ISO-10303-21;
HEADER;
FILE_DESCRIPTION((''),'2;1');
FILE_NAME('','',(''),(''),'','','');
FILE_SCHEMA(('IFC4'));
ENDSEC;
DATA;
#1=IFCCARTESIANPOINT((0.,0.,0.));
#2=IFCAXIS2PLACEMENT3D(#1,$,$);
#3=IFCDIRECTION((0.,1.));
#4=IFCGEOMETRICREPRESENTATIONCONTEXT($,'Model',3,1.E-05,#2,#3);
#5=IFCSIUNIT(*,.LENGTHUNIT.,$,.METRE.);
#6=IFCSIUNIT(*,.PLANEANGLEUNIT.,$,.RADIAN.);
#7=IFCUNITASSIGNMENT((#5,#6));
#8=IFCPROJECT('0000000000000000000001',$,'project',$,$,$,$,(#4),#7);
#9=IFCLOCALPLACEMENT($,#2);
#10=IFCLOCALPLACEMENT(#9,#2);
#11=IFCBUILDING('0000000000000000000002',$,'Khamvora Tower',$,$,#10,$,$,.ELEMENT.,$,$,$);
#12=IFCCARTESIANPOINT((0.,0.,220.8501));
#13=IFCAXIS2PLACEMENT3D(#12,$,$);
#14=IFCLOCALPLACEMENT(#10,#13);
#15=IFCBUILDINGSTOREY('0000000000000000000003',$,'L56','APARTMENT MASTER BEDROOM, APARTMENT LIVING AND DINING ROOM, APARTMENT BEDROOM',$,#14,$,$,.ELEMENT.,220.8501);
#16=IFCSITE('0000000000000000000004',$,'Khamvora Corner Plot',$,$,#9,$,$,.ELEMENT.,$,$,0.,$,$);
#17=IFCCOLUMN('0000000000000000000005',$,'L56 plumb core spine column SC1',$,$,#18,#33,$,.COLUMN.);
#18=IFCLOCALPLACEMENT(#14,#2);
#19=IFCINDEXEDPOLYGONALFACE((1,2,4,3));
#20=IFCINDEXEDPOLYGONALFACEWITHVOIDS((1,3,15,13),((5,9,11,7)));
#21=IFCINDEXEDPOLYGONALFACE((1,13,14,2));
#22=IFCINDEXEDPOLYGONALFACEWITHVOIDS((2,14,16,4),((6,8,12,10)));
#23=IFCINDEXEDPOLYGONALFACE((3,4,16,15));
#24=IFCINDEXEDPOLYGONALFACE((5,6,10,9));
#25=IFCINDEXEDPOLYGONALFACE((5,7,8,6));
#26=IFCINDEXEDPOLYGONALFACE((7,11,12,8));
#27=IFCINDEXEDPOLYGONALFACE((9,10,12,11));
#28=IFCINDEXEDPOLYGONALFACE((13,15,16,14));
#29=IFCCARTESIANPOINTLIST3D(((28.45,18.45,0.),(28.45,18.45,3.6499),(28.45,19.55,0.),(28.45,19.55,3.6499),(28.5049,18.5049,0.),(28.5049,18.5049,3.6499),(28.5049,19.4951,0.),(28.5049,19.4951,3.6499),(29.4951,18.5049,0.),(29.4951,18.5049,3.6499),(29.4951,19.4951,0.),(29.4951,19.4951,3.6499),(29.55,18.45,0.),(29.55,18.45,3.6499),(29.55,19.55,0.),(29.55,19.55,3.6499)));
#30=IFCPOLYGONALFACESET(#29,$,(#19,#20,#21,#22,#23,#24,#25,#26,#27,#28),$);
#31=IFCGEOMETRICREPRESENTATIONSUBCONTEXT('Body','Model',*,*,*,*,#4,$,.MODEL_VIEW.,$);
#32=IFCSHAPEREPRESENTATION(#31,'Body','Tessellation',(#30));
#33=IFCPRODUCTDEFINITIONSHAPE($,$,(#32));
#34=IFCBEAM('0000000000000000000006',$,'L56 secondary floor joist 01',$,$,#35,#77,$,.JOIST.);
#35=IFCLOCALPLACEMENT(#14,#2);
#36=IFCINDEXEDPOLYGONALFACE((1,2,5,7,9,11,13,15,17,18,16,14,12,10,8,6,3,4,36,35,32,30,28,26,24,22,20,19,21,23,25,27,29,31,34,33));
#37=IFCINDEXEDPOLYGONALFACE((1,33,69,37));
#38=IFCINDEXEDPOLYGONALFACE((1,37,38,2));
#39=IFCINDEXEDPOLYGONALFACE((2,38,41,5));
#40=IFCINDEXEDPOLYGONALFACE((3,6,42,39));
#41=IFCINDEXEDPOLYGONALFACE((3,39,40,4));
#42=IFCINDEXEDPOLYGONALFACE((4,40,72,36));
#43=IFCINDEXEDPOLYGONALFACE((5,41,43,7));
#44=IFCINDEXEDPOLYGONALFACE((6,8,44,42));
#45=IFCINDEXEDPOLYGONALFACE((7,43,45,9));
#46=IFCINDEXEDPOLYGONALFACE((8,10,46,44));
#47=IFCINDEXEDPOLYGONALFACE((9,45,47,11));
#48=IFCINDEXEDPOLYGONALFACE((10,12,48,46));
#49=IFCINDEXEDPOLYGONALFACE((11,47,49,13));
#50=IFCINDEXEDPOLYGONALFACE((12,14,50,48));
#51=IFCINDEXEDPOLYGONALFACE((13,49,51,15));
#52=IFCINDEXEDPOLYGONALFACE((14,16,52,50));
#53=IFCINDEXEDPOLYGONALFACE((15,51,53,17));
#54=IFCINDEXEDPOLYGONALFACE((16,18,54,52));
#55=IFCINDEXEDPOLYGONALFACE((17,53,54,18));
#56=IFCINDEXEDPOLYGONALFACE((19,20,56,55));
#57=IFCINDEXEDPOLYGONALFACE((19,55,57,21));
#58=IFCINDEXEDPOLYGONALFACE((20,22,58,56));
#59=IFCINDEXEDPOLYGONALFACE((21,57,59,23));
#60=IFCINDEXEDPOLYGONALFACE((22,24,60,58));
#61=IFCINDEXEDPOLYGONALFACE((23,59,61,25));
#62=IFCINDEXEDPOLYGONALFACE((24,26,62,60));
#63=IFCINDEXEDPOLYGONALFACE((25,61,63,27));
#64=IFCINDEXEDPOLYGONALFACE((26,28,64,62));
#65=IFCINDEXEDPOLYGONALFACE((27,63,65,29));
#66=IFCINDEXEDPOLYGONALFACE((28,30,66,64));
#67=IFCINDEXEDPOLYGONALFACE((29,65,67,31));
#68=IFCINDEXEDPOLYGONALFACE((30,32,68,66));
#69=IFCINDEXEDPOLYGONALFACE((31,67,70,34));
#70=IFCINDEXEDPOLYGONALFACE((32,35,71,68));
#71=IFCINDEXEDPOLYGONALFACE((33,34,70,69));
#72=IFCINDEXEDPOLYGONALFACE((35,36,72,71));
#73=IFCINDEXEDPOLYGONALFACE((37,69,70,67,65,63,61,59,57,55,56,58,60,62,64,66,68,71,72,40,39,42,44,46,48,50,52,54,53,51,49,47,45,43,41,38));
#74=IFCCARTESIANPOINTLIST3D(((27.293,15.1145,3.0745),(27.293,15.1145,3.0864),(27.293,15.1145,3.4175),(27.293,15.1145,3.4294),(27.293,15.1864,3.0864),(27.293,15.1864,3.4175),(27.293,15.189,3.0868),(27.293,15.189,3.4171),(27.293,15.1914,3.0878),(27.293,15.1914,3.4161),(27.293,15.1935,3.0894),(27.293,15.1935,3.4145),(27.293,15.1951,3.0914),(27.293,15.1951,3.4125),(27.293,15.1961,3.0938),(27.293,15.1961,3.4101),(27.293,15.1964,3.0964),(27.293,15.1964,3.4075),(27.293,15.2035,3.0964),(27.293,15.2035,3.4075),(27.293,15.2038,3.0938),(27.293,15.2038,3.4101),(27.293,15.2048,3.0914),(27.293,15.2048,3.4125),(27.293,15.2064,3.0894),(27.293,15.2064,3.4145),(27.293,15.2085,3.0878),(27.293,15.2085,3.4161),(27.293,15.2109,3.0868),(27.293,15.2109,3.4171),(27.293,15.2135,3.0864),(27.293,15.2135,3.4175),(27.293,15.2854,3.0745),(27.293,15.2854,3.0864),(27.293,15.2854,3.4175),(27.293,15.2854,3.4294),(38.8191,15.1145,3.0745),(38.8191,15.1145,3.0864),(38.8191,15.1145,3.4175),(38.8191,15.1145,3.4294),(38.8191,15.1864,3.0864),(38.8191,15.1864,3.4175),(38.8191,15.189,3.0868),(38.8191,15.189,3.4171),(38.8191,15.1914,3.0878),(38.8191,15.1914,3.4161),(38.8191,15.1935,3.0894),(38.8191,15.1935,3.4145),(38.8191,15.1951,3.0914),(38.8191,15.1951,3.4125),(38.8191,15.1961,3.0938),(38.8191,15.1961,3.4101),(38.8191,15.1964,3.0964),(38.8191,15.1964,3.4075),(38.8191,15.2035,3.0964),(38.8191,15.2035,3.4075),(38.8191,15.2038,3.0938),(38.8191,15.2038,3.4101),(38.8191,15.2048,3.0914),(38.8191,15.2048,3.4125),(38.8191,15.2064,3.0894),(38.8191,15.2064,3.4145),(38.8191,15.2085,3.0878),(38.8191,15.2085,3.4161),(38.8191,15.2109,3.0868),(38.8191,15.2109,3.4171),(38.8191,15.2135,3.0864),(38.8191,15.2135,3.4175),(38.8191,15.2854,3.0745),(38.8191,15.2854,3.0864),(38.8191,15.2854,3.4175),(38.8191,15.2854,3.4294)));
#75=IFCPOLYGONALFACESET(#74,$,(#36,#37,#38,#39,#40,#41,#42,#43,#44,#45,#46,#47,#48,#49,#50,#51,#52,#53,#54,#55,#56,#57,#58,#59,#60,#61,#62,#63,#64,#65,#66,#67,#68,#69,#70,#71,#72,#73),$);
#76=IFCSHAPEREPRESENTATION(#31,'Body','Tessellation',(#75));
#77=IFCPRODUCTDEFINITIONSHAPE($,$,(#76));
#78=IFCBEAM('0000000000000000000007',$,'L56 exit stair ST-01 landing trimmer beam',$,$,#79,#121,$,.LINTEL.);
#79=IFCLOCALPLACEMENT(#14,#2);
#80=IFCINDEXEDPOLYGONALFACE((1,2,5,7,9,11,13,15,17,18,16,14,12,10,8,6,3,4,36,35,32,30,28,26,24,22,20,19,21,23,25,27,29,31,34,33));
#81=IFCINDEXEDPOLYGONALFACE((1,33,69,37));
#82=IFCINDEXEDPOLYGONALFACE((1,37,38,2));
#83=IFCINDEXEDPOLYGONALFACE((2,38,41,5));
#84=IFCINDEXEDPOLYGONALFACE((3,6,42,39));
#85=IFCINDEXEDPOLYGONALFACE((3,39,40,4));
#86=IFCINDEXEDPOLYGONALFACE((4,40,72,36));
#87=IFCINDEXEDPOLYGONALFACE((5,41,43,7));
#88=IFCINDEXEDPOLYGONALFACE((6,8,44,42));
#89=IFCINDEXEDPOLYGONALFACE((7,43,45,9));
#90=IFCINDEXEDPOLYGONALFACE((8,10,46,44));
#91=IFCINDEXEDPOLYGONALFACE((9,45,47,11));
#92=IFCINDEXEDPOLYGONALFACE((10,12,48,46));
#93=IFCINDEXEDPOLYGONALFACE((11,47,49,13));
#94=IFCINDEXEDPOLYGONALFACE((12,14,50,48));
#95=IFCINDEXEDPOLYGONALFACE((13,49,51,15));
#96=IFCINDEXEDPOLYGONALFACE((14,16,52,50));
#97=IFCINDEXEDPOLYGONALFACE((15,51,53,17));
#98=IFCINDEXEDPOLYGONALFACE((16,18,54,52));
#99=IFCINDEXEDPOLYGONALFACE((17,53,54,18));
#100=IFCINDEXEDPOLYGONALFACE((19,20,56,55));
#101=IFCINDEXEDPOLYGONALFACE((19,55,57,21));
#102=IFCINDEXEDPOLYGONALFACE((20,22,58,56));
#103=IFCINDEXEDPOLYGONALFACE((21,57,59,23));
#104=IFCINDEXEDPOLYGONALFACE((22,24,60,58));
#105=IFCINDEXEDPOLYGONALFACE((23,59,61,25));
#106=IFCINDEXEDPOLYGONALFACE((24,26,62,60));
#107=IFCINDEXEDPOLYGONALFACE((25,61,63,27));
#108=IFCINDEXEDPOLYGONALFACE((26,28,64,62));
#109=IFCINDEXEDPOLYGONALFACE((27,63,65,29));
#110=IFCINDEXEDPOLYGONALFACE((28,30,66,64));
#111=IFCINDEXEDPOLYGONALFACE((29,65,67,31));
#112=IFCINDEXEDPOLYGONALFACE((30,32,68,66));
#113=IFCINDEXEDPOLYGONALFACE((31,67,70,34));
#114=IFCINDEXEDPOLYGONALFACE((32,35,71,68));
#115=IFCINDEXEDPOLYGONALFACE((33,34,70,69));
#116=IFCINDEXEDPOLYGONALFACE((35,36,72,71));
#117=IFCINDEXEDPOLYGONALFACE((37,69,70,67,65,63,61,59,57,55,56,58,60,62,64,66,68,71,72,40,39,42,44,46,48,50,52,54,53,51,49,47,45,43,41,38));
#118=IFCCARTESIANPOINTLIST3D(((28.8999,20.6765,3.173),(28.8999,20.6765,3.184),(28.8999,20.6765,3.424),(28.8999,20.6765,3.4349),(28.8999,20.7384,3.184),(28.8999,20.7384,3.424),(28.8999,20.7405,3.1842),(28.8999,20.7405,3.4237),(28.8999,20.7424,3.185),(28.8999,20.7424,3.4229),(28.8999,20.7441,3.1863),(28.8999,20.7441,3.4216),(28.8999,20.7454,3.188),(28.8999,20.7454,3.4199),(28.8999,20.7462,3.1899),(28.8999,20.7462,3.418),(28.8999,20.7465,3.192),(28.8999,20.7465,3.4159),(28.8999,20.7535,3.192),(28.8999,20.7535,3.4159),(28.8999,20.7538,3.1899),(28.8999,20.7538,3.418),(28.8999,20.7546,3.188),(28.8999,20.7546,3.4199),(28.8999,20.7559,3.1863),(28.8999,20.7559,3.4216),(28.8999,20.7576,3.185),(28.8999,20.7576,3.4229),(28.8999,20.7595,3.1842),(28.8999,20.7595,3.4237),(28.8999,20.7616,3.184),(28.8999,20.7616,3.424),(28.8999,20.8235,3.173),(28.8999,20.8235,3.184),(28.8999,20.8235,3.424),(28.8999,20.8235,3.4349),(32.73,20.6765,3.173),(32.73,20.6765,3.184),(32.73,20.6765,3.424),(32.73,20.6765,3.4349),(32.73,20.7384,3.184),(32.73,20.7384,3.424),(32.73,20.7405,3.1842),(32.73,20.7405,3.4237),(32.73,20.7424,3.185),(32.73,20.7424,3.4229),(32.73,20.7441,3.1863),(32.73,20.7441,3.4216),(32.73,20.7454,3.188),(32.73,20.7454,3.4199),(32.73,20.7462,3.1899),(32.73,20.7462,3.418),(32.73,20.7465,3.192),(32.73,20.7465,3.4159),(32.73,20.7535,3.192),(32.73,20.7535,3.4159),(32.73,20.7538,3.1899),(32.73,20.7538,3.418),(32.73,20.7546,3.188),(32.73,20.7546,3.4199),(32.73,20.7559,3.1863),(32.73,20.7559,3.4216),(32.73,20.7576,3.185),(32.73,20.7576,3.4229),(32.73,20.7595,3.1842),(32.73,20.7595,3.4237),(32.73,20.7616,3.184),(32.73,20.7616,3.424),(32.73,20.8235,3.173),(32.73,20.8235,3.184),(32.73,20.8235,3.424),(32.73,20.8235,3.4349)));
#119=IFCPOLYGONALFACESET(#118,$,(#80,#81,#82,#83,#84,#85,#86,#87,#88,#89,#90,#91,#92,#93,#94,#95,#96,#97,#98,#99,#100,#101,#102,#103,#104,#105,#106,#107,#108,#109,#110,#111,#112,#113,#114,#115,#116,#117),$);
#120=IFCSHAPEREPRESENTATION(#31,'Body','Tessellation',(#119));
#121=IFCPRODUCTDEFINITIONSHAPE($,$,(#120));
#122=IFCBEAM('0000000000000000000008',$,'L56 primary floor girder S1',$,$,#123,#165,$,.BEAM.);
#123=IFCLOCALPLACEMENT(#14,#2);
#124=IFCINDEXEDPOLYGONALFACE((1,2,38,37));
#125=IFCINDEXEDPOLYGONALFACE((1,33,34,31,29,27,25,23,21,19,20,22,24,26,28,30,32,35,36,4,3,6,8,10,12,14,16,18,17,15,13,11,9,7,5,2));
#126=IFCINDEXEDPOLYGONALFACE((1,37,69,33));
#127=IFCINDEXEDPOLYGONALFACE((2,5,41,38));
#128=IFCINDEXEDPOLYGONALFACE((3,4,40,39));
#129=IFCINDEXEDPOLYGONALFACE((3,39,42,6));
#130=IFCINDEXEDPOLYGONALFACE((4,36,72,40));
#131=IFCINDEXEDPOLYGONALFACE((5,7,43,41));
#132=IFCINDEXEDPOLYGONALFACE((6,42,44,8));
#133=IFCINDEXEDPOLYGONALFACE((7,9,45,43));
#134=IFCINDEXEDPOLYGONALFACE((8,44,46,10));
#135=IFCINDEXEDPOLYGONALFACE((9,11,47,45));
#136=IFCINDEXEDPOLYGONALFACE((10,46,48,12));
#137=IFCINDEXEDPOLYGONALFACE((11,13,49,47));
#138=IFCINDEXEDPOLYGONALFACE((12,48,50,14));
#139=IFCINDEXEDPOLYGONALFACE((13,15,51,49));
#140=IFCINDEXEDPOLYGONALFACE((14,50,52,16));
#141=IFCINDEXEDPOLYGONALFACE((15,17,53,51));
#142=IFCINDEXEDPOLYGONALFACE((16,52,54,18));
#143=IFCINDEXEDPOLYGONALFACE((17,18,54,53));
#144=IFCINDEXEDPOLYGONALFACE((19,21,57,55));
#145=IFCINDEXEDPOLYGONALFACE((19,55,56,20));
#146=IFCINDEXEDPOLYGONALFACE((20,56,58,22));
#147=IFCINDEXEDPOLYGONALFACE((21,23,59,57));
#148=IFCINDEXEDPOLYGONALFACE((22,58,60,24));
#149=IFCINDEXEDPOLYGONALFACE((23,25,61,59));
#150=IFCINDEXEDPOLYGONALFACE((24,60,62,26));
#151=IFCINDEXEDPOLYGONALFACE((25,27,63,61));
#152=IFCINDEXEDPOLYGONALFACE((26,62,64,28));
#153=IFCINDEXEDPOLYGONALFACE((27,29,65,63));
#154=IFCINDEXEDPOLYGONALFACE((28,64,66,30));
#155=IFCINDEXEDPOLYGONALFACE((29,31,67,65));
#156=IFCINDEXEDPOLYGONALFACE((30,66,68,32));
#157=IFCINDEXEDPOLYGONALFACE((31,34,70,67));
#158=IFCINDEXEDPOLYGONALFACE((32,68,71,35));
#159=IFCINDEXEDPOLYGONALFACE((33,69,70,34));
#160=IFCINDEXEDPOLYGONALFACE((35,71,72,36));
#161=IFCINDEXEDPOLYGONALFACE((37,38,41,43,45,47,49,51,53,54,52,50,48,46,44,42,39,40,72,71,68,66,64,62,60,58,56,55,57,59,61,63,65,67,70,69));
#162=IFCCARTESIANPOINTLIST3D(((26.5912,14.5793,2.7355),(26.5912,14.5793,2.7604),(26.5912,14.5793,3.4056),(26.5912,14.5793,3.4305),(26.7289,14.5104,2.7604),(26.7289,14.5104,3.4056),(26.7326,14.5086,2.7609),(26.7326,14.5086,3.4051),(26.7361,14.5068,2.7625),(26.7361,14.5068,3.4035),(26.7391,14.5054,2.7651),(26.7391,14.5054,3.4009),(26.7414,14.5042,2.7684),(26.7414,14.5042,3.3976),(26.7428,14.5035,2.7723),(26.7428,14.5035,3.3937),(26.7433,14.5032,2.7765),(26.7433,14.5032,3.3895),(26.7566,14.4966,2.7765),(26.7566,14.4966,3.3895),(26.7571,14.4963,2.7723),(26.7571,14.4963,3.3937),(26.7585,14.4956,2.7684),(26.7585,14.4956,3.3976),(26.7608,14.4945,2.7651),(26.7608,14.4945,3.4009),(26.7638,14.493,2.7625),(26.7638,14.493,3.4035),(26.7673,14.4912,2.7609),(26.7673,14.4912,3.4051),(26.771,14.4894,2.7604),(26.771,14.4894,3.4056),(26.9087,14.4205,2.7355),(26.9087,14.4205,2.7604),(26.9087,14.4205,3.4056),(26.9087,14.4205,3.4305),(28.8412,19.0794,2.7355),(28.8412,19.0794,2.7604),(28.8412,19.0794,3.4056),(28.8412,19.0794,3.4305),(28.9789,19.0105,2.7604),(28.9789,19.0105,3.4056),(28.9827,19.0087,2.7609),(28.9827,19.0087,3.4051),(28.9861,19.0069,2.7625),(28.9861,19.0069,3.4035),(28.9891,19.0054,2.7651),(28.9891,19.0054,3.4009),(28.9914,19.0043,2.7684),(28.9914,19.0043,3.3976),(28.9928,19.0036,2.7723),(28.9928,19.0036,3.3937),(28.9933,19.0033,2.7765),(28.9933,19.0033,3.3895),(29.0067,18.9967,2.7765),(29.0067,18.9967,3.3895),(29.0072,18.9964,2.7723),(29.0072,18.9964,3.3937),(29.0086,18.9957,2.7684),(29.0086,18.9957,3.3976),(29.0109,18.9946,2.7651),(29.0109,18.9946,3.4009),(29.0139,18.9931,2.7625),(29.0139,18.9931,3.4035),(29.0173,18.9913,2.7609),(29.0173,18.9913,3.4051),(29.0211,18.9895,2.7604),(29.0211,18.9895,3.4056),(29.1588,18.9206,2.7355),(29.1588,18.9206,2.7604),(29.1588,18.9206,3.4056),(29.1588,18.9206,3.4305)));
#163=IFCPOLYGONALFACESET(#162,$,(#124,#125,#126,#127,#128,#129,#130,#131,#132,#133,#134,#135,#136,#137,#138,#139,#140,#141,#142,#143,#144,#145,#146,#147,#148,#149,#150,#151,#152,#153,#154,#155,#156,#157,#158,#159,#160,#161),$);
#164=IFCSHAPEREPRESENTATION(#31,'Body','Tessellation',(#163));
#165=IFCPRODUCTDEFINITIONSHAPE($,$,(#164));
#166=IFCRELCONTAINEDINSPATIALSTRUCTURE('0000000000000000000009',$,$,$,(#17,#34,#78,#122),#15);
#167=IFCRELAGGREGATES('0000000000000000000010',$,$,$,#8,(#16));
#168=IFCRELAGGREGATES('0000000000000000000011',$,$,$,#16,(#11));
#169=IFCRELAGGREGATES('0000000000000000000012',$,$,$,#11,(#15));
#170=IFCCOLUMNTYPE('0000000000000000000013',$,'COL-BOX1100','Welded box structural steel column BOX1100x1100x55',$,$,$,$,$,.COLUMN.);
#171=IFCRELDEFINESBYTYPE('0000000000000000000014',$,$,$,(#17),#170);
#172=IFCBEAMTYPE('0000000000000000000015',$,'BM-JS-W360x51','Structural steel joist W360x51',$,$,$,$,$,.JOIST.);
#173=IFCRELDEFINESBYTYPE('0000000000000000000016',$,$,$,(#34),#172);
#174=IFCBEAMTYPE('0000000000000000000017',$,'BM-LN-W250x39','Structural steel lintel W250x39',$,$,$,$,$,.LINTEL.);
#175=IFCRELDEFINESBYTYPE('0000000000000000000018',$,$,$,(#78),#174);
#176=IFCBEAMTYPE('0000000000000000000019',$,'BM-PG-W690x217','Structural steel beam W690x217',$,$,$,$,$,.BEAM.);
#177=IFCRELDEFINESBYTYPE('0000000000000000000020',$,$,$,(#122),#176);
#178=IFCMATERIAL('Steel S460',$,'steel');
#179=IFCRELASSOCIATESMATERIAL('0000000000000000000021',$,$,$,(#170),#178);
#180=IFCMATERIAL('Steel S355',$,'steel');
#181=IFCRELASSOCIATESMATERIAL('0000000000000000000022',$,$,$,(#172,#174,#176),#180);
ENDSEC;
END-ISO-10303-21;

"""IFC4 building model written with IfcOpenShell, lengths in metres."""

from ifc_helpers import new_model, si_unit, direction, frame, origin, origin_2d, place, context, subcontext, project, spatial, hollow_rectangle, i_section, extrude, material, material_profile, profile_set, type_object, element, save


model = new_model("IFC4")

# Units and contexts
model_context = context("Model", 3, precision=1e-05, world=origin(), true_north=direction((0.0, 1.0)))
body_context = subcontext(model_context, "Body", "Model", "MODEL_VIEW")
ifc_project = project(units=[si_unit("LENGTHUNIT", "METRE"), si_unit("PLANEANGLEUNIT", "RADIAN")], contexts=[model_context])

# Site, building, storey
site_placement = place(None, origin())
site = spatial("IfcSite", under=ifc_project, at=site_placement, Name="Khamvora Corner Plot", CompositionType="ELEMENT", RefElevation=0.0)
building_placement = place(site_placement, origin())
building = spatial("IfcBuilding", under=site, at=building_placement, Name="Khamvora Tower", CompositionType="ELEMENT")
storey_placement = place(building_placement, frame((0.0, 0.0, 220.8501)))
storey = spatial("IfcBuildingStorey", under=building, at=storey_placement, Name="L56", Description="APARTMENT MASTER BEDROOM, APARTMENT LIVING AND DINING ROOM, APARTMENT BEDROOM", CompositionType="ELEMENT", Elevation=220.8501)

# Column
ifc_material_1 = material(Name="Steel S460", Category="steel")
ifc_material_profile_1 = material_profile(ifc_material_1, hollow_rectangle(XDim=1.1001, YDim=1.1001, WallThickness=0.0549, at=origin_2d()), Name="BOX1100x1100x55")
ifc_profile_set_1 = profile_set([ifc_material_profile_1], Name="Steel S460")
column_type = type_object("IfcColumnType", Name="COL-BOX1100", Description="Welded box structural steel column BOX1100x1100x55", PredefinedType="COLUMN", material=ifc_profile_set_1)
column_placement = place(storey_placement, frame((29.0, 19.0, 0.0), z_axis=(0.0, 0.0, 1.0), x_axis=(1.0, 0.0, 0.0)))
element("IfcColumn", 1, at=column_placement, inside=storey, type_object=column_type, Name="L56 plumb core spine column SC1", PredefinedType="COLUMN", context=body_context, shape_type="SweptSolid", body=[
    extrude(hollow_rectangle(XDim=1.1001, YDim=1.1001, WallThickness=0.0549, at=origin_2d()), origin(), (0.0, 0.0, 1.0), 3.6499),
])

# Beams
ifc_material_2 = material(Name="Steel S355", Category="steel")
ifc_material_profile_2 = material_profile(ifc_material_2, i_section(OverallWidth=0.1709, OverallDepth=0.355, WebThickness=0.0071, FlangeThickness=0.012, FilletRadius=0.01, at=origin_2d()), Name="W360x51")
ifc_profile_set_2 = profile_set([ifc_material_profile_2], Name="Steel S355")
beam_type_1 = type_object("IfcBeamType", Name="BM-JS-W360x51", Description="Structural steel joist W360x51", PredefinedType="JOIST", material=ifc_profile_set_2)
beam_1_placement = place(storey_placement, frame((27.293, 15.2, 3.252), z_axis=(1.0, 0.0, 0.0), x_axis=(0.0, 1.0, 0.0)))
element("IfcBeam", 2, at=beam_1_placement, inside=storey, type_object=beam_type_1, Name="L56 secondary floor joist 01", PredefinedType="JOIST", context=body_context, shape_type="SweptSolid", body=[
    extrude(i_section(OverallWidth=0.1709, OverallDepth=0.355, WebThickness=0.0071, FlangeThickness=0.012, FilletRadius=0.01, at=origin_2d()), origin(), (0.0, 0.0, 1.0), 11.5261),
])
ifc_material_profile_3 = material_profile(ifc_material_2, i_section(OverallWidth=0.147, OverallDepth=0.262, WebThickness=0.0071, FlangeThickness=0.011, FilletRadius=0.0081, at=origin_2d()), Name="W250x39")
ifc_profile_set_3 = profile_set([ifc_material_profile_3], Name="Steel S355")
beam_type_2 = type_object("IfcBeamType", Name="BM-LN-W250x39", Description="Structural steel lintel W250x39", PredefinedType="LINTEL", material=ifc_profile_set_3)
beam_2_placement = place(storey_placement, frame((28.8999, 20.75, 3.304), z_axis=(1.0, 0.0, 0.0), x_axis=(0.0, 1.0, 0.0)))
element("IfcBeam", 3, at=beam_2_placement, inside=storey, type_object=beam_type_2, Name="L56 exit stair ST-01 landing trimmer beam", PredefinedType="LINTEL", context=body_context, shape_type="SweptSolid", body=[
    extrude(i_section(OverallWidth=0.147, OverallDepth=0.262, WebThickness=0.0071, FlangeThickness=0.011, FilletRadius=0.0081, at=origin_2d()), origin(), (0.0, 0.0, 1.0), 3.8301),
])
ifc_material_profile_4 = material_profile(ifc_material_2, i_section(OverallWidth=0.355, OverallDepth=0.6951, WebThickness=0.0149, FlangeThickness=0.0249, FilletRadius=0.0161, at=origin_2d()), Name="W690x217")
ifc_profile_set_4 = profile_set([ifc_material_profile_4], Name="Steel S355")
beam_type_3 = type_object("IfcBeamType", Name="BM-PG-W690x217", Description="Structural steel beam W690x217", PredefinedType="BEAM", material=ifc_profile_set_4)
beam_3_placement = place(storey_placement, frame((29.0, 19.0, 3.083), z_axis=(-0.447214, -0.894427, 0.0), x_axis=(0.894427, -0.447214, 0.0)))
element("IfcBeam", 4, at=beam_3_placement, inside=storey, type_object=beam_type_3, Name="L56 primary floor girder S1", PredefinedType="BEAM", context=body_context, shape_type="SweptSolid", body=[
    extrude(i_section(OverallWidth=0.355, OverallDepth=0.6951, WebThickness=0.0149, FlangeThickness=0.0249, FilletRadius=0.0161, at=origin_2d()), origin(), (0.0, 0.0, 1.0), 5.0312),
])

save(model, "model.ifc")
